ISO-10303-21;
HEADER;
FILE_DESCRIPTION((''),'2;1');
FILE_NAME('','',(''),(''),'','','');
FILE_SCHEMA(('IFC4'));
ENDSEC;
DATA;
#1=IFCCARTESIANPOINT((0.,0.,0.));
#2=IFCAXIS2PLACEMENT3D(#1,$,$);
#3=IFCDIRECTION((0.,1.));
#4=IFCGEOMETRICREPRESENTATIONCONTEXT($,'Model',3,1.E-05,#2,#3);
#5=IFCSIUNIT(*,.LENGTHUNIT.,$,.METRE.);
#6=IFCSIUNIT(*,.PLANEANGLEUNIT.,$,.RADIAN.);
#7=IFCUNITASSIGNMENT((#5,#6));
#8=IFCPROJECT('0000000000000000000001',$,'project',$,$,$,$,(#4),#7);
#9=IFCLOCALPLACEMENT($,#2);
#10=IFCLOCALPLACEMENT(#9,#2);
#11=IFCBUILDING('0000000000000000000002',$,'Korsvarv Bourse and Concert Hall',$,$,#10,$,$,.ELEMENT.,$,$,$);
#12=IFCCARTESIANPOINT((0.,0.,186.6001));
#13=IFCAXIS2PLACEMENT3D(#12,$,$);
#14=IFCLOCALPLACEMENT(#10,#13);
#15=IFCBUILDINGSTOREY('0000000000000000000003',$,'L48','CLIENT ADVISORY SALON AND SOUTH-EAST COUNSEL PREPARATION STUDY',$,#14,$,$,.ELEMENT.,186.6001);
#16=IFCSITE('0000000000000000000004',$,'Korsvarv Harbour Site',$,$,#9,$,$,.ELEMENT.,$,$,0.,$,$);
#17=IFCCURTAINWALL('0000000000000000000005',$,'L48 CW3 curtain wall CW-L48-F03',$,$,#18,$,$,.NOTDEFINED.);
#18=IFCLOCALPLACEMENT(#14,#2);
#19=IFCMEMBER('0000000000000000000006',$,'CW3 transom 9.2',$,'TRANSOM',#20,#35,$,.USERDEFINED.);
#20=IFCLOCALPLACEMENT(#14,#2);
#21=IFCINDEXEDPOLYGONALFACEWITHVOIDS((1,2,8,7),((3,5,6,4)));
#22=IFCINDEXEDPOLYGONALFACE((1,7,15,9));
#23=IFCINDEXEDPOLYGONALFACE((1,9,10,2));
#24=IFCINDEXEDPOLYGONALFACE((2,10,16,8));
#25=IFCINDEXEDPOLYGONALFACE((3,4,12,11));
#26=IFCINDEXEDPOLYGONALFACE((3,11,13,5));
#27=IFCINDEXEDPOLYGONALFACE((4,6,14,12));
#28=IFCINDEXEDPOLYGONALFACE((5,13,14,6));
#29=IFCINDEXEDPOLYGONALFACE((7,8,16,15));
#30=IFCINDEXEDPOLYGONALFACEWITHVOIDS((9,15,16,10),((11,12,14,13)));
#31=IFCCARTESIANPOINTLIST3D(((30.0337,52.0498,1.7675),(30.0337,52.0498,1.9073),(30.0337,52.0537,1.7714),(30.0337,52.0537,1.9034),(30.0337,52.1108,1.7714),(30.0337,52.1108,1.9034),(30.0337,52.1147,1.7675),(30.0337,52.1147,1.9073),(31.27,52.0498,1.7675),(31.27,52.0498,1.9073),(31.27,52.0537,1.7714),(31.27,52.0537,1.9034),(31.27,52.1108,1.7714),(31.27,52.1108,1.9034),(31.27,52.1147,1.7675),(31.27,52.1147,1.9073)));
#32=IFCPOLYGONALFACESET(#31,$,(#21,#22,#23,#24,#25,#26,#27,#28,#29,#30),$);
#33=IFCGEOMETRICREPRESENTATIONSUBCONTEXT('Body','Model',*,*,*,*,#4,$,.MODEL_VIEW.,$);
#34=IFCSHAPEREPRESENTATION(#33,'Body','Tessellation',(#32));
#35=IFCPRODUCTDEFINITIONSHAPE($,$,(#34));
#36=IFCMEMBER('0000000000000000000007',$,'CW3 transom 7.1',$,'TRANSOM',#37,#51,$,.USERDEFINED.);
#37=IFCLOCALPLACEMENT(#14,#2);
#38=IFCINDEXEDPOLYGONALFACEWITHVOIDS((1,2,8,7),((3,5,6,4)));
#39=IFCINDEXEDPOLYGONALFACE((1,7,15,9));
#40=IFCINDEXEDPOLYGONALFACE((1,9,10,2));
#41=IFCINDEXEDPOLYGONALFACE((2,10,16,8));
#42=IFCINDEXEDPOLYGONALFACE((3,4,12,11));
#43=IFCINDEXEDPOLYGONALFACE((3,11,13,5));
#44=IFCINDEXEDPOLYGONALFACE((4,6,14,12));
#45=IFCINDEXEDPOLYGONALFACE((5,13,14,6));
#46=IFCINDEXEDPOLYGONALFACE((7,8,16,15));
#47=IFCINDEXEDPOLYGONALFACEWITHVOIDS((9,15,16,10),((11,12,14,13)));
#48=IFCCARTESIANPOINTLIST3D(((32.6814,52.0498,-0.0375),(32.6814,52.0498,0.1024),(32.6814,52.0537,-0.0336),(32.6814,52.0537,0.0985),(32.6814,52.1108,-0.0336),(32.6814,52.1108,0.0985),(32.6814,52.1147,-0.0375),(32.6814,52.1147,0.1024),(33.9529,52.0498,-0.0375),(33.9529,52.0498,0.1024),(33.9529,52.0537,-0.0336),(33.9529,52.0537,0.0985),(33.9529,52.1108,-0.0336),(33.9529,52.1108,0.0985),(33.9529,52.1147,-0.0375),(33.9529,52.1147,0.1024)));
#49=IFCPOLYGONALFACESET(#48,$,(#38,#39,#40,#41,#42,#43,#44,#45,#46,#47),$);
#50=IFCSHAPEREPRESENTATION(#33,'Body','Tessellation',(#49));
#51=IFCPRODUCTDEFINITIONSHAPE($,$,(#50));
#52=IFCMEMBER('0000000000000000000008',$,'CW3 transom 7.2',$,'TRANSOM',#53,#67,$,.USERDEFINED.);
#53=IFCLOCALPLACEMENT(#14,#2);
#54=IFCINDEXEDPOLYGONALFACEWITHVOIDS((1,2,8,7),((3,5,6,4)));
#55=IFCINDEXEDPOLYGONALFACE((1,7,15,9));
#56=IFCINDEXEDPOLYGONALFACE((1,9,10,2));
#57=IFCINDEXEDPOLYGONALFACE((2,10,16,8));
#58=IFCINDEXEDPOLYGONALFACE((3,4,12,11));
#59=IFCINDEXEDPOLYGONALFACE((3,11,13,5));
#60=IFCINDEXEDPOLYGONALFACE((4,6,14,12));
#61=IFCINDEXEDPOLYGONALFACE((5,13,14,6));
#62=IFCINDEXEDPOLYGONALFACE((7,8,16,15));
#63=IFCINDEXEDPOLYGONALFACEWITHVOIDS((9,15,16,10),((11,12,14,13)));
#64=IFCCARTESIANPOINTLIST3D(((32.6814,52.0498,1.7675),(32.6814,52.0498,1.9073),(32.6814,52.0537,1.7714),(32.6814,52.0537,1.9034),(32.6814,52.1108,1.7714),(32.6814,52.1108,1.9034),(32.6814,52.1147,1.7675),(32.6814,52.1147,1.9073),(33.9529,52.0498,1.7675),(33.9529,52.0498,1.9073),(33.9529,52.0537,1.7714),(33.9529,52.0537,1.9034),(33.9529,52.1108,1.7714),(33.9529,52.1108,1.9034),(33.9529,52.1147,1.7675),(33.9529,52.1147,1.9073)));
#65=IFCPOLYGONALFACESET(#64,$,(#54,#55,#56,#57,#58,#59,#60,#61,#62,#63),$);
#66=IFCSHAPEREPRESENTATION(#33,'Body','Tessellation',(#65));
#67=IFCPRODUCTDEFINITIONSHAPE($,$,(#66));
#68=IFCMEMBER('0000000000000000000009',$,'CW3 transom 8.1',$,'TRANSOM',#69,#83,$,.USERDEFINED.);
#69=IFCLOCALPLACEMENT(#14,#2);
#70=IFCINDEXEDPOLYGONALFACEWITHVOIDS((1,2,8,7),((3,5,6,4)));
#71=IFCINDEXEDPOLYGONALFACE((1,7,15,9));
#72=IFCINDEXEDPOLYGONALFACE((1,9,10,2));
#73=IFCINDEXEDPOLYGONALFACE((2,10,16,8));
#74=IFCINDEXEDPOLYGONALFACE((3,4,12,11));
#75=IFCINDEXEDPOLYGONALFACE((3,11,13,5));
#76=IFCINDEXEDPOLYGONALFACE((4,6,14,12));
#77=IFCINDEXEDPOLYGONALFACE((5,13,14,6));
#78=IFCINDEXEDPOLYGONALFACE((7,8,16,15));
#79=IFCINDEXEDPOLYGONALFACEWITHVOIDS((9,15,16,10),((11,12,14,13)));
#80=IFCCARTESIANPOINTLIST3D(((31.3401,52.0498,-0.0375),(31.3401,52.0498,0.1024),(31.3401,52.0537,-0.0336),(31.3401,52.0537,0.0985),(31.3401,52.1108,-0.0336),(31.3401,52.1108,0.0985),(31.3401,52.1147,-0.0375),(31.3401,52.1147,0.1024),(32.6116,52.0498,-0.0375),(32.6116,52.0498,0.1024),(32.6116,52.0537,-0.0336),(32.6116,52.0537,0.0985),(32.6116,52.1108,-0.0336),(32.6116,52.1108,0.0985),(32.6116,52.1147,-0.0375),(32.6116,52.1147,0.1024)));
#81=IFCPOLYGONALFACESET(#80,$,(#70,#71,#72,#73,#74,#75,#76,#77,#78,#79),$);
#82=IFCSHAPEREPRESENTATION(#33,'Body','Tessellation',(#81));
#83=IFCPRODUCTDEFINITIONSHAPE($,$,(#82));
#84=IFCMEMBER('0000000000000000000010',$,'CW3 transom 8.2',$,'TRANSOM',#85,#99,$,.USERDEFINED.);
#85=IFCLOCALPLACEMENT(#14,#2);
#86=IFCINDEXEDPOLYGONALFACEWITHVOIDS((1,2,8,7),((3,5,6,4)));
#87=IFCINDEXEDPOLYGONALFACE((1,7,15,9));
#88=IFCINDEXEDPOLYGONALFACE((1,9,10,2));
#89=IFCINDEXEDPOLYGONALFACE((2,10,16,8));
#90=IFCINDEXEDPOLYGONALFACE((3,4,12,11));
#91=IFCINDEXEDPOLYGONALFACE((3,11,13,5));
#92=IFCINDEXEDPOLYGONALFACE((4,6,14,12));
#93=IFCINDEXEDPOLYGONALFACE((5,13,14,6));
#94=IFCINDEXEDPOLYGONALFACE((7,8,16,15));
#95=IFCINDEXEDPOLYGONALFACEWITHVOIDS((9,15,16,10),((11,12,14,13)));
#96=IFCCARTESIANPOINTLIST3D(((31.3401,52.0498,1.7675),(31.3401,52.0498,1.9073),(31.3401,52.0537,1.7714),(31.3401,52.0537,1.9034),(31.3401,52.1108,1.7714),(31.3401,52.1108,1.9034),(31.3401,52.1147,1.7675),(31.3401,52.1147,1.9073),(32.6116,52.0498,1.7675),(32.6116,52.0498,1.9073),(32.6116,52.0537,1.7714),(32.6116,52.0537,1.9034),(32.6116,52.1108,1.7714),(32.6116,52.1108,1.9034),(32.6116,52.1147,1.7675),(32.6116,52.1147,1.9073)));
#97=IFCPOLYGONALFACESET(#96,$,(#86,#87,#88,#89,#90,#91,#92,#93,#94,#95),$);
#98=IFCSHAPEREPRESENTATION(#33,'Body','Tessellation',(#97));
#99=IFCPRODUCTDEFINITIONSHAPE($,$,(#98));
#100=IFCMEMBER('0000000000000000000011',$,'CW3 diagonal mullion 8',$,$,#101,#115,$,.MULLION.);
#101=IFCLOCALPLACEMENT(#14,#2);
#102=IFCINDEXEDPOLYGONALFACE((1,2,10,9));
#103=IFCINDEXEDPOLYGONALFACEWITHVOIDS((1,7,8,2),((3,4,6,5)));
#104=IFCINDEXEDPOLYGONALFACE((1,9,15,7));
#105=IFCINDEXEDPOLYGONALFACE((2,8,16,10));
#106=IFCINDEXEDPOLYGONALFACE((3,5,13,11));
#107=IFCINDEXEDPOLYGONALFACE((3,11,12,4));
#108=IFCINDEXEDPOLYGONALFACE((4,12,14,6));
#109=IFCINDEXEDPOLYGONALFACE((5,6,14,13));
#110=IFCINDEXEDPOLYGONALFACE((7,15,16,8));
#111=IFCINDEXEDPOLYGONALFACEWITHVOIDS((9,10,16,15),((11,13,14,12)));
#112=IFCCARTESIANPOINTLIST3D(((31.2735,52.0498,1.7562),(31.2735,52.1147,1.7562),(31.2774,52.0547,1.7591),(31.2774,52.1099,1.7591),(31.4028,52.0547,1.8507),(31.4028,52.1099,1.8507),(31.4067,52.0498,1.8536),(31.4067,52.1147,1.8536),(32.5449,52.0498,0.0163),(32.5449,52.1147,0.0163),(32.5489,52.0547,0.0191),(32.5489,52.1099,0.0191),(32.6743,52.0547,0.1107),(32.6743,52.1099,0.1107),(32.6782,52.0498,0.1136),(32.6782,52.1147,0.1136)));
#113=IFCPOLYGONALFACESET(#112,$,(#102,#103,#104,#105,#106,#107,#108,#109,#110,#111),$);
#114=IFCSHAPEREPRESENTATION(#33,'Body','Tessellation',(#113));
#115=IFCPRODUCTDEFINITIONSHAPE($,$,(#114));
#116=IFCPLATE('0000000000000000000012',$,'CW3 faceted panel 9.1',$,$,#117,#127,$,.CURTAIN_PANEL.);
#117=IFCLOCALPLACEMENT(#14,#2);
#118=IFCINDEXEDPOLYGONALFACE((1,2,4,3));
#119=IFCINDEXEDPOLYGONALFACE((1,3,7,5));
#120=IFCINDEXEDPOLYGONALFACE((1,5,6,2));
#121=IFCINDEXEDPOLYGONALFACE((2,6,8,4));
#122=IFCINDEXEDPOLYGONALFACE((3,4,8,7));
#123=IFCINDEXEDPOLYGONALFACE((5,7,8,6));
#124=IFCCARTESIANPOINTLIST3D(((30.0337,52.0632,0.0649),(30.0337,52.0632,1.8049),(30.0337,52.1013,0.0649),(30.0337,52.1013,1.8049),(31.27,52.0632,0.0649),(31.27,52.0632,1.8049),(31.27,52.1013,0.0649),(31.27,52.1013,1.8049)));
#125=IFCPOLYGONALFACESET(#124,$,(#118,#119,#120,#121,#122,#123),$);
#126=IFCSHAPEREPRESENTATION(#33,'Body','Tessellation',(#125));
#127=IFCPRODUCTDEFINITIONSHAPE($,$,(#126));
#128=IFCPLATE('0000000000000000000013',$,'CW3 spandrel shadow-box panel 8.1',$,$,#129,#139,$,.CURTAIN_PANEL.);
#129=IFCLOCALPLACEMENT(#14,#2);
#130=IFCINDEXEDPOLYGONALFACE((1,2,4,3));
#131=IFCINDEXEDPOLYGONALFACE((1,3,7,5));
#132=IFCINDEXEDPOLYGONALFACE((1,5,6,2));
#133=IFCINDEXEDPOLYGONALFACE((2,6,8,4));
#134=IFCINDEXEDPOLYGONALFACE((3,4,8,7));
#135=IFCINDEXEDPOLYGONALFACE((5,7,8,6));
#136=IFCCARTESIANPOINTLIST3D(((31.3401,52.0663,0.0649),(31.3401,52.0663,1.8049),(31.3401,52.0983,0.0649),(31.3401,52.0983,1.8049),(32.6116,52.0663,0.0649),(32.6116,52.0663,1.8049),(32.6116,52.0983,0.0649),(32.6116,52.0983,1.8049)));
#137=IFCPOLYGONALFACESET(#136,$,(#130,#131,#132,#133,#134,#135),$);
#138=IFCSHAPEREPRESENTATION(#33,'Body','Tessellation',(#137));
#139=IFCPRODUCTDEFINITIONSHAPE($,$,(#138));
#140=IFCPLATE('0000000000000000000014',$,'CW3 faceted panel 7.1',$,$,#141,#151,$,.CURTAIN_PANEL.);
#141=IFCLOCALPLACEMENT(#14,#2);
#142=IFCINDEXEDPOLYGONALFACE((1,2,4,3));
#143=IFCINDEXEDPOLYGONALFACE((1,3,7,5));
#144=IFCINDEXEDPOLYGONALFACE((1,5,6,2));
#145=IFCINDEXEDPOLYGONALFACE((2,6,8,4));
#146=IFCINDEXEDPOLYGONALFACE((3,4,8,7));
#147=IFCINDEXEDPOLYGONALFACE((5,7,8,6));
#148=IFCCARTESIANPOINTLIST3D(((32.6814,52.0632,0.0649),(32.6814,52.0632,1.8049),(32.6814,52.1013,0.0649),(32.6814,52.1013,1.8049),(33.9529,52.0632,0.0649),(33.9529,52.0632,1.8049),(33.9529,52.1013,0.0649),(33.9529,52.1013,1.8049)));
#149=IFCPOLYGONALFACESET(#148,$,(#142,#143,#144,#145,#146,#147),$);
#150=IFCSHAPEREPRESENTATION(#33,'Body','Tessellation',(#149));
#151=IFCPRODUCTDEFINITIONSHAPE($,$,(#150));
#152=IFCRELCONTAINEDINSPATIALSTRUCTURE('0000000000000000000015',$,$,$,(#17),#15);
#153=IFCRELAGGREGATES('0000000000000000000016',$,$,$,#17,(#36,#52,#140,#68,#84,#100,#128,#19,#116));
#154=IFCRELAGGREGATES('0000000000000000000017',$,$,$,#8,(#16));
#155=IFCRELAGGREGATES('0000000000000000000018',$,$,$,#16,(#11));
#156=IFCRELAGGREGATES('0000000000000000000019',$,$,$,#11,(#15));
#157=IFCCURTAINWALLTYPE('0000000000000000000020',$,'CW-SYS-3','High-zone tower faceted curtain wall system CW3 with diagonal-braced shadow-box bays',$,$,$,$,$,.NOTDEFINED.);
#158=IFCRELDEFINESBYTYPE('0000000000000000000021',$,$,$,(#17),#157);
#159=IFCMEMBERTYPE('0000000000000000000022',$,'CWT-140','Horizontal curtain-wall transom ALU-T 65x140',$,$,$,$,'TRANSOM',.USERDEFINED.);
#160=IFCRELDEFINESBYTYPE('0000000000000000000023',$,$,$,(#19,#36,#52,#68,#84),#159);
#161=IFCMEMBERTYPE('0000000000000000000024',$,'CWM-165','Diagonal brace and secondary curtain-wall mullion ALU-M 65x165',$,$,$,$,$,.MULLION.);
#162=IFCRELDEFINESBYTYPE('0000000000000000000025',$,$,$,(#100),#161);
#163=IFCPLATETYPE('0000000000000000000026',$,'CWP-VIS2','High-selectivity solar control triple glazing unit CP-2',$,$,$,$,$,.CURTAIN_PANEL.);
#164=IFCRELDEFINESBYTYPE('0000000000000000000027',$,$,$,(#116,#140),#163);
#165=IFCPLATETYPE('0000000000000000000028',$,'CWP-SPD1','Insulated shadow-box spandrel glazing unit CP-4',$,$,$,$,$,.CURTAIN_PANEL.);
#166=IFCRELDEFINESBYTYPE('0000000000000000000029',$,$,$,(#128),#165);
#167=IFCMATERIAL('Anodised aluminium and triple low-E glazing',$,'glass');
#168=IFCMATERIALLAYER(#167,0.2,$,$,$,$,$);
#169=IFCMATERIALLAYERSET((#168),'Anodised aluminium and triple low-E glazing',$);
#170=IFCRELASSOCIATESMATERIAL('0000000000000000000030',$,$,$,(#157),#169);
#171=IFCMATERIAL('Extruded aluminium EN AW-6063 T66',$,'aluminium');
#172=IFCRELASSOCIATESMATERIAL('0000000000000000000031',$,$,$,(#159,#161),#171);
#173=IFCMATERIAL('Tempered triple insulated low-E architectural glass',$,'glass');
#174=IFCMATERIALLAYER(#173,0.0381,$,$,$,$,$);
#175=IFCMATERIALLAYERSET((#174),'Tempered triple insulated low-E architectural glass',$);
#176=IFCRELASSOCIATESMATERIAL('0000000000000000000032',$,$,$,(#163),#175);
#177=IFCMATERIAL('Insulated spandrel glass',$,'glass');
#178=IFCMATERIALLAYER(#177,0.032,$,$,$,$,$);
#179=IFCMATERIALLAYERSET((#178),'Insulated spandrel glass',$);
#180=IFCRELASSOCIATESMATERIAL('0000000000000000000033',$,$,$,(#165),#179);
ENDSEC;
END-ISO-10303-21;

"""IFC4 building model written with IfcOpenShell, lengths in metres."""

from ifc_helpers import new_model, si_unit, direction, frame, origin, origin_2d, place, context, subcontext, project, spatial, rectangle, hollow_rectangle, extrude, source, transform, mapped, material, layer, layer_set, material_profile, profile_set, type_object, element, aggregate, save


model = new_model("IFC4")

# Units and contexts
model_context = context("Model", 3, precision=1e-05, world=origin(), true_north=direction((0.0, 1.0)))
body_context = subcontext(model_context, "Body", "Model", "MODEL_VIEW")
ifc_project = project(units=[si_unit("LENGTHUNIT", "METRE"), si_unit("PLANEANGLEUNIT", "RADIAN")], contexts=[model_context])

# Site, building, storey
site_placement = place(None, origin())
site = spatial("IfcSite", under=ifc_project, at=site_placement, Name="Korsvarv Harbour Site", CompositionType="ELEMENT", RefElevation=0.0)
building_placement = place(site_placement, origin())
building = spatial("IfcBuilding", under=site, at=building_placement, Name="Korsvarv Bourse and Concert Hall", CompositionType="ELEMENT")
storey_placement = place(building_placement, frame((0.0, 0.0, 186.6001)))
storey = spatial("IfcBuildingStorey", under=building, at=storey_placement, Name="L48", Description="CLIENT ADVISORY SALON AND SOUTH-EAST COUNSEL PREPARATION STUDY", CompositionType="ELEMENT", Elevation=186.6001)

# Curtain wall, members, plates
ifc_material_1 = material(Name="Anodised aluminium and triple low-E glazing", Category="glass")
ifc_layer_1 = layer(ifc_material_1, 0.2)
ifc_layer_set_1 = layer_set([ifc_layer_1], Name="Anodised aluminium and triple low-E glazing")
curtain_wall_type = type_object("IfcCurtainWallType", Name="CW-SYS-3", Description="High-zone tower faceted curtain wall system CW3 with diagonal-braced shadow-box bays", PredefinedType="NOTDEFINED", material=ifc_layer_set_1)
curtain_wall_placement = place(storey_placement, origin())
curtain_wall = element("IfcCurtainWall", 1, at=curtain_wall_placement, inside=storey, type_object=curtain_wall_type, Name="L48 CW3 curtain wall CW-L48-F03", PredefinedType="NOTDEFINED")
ifc_material_2 = material(Name="Extruded aluminium EN AW-6063 T66", Category="aluminium")
ifc_material_profile_1 = material_profile(ifc_material_2, hollow_rectangle(XDim=0.0649, YDim=0.1399, WallThickness=0.0039, at=origin_2d()), Name="ALU-T 65x140")
ifc_profile_set_1 = profile_set([ifc_material_profile_1], Name="Extruded aluminium EN AW-6063 T66")
member_type_1 = type_object("IfcMemberType", Name="CWT-140", Description="Horizontal curtain-wall transom ALU-T 65x140", ElementType="TRANSOM", PredefinedType="USERDEFINED", material=ifc_profile_set_1)
shared_shape_1 = source(origin(), body_context, "Body", "SweptSolid", [
    extrude(hollow_rectangle(XDim=0.0649, YDim=0.1399, WallThickness=0.0039, at=origin_2d()), origin(), (0.0, 0.0, 1.0), 1.2363),
])
member_1_placement = place(storey_placement, frame((31.27, 52.0823, 1.8374), z_axis=(-1.0, 0.0, 0.0), x_axis=(0.0, -1.0, 0.0)))
member_1 = element("IfcMember", 2, at=member_1_placement, type_object=member_type_1, Name="CW3 transom 9.2", ObjectType="TRANSOM", PredefinedType="USERDEFINED", context=body_context, shape_type="MappedRepresentation", body=[
    mapped(shared_shape_1, transform((0.0, 0.0, 0.0), scale=1.0)),
])
shared_shape_2 = source(origin(), body_context, "Body", "SweptSolid", [
    extrude(hollow_rectangle(XDim=0.0649, YDim=0.1399, WallThickness=0.0039, at=origin_2d()), origin(), (0.0, 0.0, 1.0), 1.2715),
])
member_2_placement = place(storey_placement, frame((33.9529, 52.0823, 0.0325), z_axis=(-1.0, 0.0, 0.0), x_axis=(0.0, -1.0, 0.0)))
member_2 = element("IfcMember", 3, at=member_2_placement, type_object=member_type_1, Name="CW3 transom 7.1", ObjectType="TRANSOM", PredefinedType="USERDEFINED", context=body_context, shape_type="MappedRepresentation", body=[
    mapped(shared_shape_2, transform((0.0, 0.0, 0.0), scale=1.0)),
])
member_3_placement = place(storey_placement, frame((33.9529, 52.0823, 1.8374), z_axis=(-1.0, 0.0, 0.0), x_axis=(0.0, -1.0, 0.0)))
member_3 = element("IfcMember", 4, at=member_3_placement, type_object=member_type_1, Name="CW3 transom 7.2", ObjectType="TRANSOM", PredefinedType="USERDEFINED", context=body_context, shape_type="MappedRepresentation", body=[
    mapped(shared_shape_2, transform((0.0, 0.0, 0.0), scale=1.0)),
])
member_4_placement = place(storey_placement, frame((32.6116, 52.0823, 0.0325), z_axis=(-1.0, 0.0, 0.0), x_axis=(0.0, -1.0, 0.0)))
member_4 = element("IfcMember", 5, at=member_4_placement, type_object=member_type_1, Name="CW3 transom 8.1", ObjectType="TRANSOM", PredefinedType="USERDEFINED", context=body_context, shape_type="MappedRepresentation", body=[
    mapped(shared_shape_2, transform((0.0, 0.0, 0.0), scale=1.0)),
])
member_5_placement = place(storey_placement, frame((32.6116, 52.0823, 1.8374), z_axis=(-1.0, 0.0, 0.0), x_axis=(0.0, -1.0, 0.0)))
member_5 = element("IfcMember", 6, at=member_5_placement, type_object=member_type_1, Name="CW3 transom 8.2", ObjectType="TRANSOM", PredefinedType="USERDEFINED", context=body_context, shape_type="MappedRepresentation", body=[
    mapped(shared_shape_2, transform((0.0, 0.0, 0.0), scale=1.0)),
])
ifc_material_profile_2 = material_profile(ifc_material_2, hollow_rectangle(XDim=0.0649, YDim=0.165, WallThickness=0.0049, at=origin_2d()), Name="ALU-M 65x165")
ifc_profile_set_2 = profile_set([ifc_material_profile_2], Name="Extruded aluminium EN AW-6063 T66")
member_type_2 = type_object("IfcMemberType", Name="CWM-165", Description="Diagonal brace and secondary curtain-wall mullion ALU-M 65x165", PredefinedType="MULLION", material=ifc_profile_set_2)
shared_shape_3 = source(origin(), body_context, "Body", "SweptSolid", [
    extrude(hollow_rectangle(XDim=0.0649, YDim=0.165, WallThickness=0.0049, at=origin_2d()), origin(), (0.0, 0.0, 1.0), 2.155),
])
member_6_placement = place(storey_placement, frame((32.6116, 52.0823, 0.0649), z_axis=(-0.590002, 0.0, 0.807402), x_axis=(0.0, -1.0, 0.0)))
member_6 = element("IfcMember", 7, at=member_6_placement, type_object=member_type_2, Name="CW3 diagonal mullion 8", PredefinedType="MULLION", context=body_context, shape_type="MappedRepresentation", body=[
    mapped(shared_shape_3, transform((0.0, 0.0, 0.0), scale=1.0)),
])
ifc_material_3 = material(Name="Tempered triple insulated low-E architectural glass", Category="glass")
ifc_layer_2 = layer(ifc_material_3, 0.0381)
ifc_layer_set_2 = layer_set([ifc_layer_2], Name="Tempered triple insulated low-E architectural glass")
plate_type_1 = type_object("IfcPlateType", Name="CWP-VIS2", Description="High-selectivity solar control triple glazing unit CP-2", PredefinedType="CURTAIN_PANEL", material=ifc_layer_set_2)
shared_shape_4 = source(origin(), body_context, "Body", "SweptSolid", [
    extrude(rectangle(XDim=1.2363, YDim=0.0381, at=origin_2d()), origin(), (0.0, 0.0, 1.0), 1.74),
])
plate_1_placement = place(storey_placement, frame((30.6519, 52.0823, 0.0649), z_axis=(0.0, 0.0, 1.0), x_axis=(-1.0, 0.0, 0.0)))
plate_1 = element("IfcPlate", 8, at=plate_1_placement, type_object=plate_type_1, Name="CW3 faceted panel 9.1", PredefinedType="CURTAIN_PANEL", context=body_context, shape_type="MappedRepresentation", body=[
    mapped(shared_shape_4, transform((0.0, 0.0, 0.0), scale=1.0)),
])
ifc_material_4 = material(Name="Insulated spandrel glass", Category="glass")
ifc_layer_3 = layer(ifc_material_4, 0.032)
ifc_layer_set_3 = layer_set([ifc_layer_3], Name="Insulated spandrel glass")
plate_type_2 = type_object("IfcPlateType", Name="CWP-SPD1", Description="Insulated shadow-box spandrel glazing unit CP-4", PredefinedType="CURTAIN_PANEL", material=ifc_layer_set_3)
shared_shape_5 = source(origin(), body_context, "Body", "SweptSolid", [
    extrude(rectangle(XDim=1.2715, YDim=0.032, at=origin_2d()), origin(), (0.0, 0.0, 1.0), 1.74),
])
plate_2_placement = place(storey_placement, frame((31.9758, 52.0823, 0.0649), z_axis=(0.0, 0.0, 1.0), x_axis=(-1.0, 0.0, 0.0)))
plate_2 = element("IfcPlate", 9, at=plate_2_placement, type_object=plate_type_2, Name="CW3 spandrel shadow-box panel 8.1", PredefinedType="CURTAIN_PANEL", context=body_context, shape_type="MappedRepresentation", body=[
    mapped(shared_shape_5, transform((0.0, 0.0, 0.0), scale=1.0)),
])
shared_shape_6 = source(origin(), body_context, "Body", "SweptSolid", [
    extrude(rectangle(XDim=1.2715, YDim=0.0381, at=origin_2d()), origin(), (0.0, 0.0, 1.0), 1.74),
])
plate_3_placement = place(storey_placement, frame((33.3171, 52.0823, 0.0649), z_axis=(0.0, 0.0, 1.0), x_axis=(-1.0, 0.0, 0.0)))
plate_3 = element("IfcPlate", 10, at=plate_3_placement, type_object=plate_type_1, Name="CW3 faceted panel 7.1", PredefinedType="CURTAIN_PANEL", context=body_context, shape_type="MappedRepresentation", body=[
    mapped(shared_shape_6, transform((0.0, 0.0, 0.0), scale=1.0)),
])
aggregate(curtain_wall, [member_2, member_3, plate_3, member_4, member_5, member_6, plate_2, member_1, plate_1])

save(model, "model.ifc")
